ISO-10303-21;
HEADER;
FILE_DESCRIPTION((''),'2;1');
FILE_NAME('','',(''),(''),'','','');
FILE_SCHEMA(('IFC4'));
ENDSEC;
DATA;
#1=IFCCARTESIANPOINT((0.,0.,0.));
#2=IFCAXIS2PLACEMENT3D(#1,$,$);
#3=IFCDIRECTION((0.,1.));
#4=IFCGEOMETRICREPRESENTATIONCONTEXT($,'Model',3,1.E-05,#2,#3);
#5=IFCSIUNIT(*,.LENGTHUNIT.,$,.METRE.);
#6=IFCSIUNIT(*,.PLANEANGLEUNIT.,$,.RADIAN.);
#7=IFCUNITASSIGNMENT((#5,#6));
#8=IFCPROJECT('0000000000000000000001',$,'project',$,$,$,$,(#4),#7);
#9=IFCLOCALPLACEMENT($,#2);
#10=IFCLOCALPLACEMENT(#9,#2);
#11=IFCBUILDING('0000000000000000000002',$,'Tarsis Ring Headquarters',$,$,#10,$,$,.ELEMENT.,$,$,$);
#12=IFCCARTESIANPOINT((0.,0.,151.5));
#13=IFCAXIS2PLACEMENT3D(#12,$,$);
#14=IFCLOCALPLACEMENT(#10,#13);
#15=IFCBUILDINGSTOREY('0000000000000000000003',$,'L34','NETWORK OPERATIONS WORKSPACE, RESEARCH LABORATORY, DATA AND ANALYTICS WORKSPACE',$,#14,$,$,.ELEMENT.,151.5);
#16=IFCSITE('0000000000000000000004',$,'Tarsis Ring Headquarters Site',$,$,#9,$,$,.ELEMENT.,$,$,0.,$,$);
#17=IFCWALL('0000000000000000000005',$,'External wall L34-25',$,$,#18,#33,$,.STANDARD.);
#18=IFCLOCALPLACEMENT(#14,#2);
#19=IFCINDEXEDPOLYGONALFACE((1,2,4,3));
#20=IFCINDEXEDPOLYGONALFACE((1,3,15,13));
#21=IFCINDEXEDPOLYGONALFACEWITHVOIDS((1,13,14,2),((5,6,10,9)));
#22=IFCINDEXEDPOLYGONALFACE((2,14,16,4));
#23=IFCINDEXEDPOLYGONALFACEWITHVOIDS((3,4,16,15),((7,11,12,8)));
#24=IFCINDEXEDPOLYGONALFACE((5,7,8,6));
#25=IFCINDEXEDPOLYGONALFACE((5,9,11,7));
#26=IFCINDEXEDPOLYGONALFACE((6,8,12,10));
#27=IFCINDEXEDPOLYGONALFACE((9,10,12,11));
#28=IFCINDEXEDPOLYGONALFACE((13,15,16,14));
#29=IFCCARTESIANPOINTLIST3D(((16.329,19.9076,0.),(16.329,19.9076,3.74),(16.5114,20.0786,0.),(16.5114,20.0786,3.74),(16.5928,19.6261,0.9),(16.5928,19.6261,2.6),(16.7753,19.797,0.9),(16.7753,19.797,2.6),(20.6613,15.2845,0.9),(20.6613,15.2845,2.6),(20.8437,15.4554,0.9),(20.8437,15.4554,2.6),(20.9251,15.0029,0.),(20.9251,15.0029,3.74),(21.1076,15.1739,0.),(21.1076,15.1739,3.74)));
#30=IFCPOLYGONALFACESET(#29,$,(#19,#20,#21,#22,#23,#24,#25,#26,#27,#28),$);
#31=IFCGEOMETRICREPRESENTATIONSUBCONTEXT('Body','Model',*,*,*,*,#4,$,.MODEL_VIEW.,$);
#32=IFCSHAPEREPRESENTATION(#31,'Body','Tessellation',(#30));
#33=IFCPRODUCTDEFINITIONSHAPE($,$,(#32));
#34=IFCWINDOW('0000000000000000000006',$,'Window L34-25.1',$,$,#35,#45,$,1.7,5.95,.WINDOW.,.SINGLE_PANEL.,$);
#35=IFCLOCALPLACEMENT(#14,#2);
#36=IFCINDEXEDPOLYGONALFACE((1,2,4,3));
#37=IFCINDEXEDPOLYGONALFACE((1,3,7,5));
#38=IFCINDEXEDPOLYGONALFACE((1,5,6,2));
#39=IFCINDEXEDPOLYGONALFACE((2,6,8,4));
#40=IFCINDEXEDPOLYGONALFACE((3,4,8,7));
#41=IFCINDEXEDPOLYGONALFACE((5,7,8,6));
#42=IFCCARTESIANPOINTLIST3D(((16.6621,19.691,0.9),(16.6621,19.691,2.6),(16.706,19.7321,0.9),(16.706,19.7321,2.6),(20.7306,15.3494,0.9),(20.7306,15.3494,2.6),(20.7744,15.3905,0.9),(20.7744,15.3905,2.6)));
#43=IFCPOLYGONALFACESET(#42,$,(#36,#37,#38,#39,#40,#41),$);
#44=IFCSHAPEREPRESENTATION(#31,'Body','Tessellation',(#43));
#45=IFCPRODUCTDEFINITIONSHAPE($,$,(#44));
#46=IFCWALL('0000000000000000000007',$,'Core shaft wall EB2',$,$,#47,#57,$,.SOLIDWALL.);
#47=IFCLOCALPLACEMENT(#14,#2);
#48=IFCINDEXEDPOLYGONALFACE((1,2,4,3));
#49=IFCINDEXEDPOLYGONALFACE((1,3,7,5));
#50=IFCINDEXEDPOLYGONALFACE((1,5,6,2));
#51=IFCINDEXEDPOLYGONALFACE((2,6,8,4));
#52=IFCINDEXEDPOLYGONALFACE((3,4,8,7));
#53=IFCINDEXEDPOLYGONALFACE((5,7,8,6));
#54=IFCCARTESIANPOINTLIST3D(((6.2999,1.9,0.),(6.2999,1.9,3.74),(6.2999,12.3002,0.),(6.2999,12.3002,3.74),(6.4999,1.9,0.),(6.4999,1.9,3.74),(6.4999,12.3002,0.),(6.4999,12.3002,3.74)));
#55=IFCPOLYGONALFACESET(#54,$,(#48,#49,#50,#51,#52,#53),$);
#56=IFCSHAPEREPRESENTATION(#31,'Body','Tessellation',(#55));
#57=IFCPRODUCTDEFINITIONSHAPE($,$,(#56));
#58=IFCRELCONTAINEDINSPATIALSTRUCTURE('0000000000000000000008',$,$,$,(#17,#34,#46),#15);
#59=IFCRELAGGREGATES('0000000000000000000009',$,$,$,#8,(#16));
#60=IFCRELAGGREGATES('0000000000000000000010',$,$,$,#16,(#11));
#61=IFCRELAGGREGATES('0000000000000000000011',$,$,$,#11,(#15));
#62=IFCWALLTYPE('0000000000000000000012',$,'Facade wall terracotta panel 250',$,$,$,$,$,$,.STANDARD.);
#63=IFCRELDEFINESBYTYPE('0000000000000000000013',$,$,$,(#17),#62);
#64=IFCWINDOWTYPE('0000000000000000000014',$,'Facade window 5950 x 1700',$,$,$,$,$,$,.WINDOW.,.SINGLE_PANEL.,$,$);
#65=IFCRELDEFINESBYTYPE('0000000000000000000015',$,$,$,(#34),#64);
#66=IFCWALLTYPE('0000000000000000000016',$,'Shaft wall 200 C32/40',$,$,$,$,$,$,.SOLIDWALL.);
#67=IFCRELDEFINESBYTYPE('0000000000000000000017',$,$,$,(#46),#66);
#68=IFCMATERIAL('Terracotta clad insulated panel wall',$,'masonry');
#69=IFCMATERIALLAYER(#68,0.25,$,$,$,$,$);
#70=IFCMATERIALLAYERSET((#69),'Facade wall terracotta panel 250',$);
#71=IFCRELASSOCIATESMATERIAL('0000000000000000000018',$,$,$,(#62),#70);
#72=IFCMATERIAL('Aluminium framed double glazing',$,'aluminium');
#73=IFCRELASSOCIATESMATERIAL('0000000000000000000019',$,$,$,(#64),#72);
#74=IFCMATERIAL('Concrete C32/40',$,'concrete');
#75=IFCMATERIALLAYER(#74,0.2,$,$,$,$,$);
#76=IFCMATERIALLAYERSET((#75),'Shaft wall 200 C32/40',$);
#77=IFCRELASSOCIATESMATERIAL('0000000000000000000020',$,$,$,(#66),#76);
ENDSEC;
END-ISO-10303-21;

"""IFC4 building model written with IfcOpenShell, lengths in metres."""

from ifc_helpers import new_model, si_unit, direction, frame, frame_2d, origin, place, context, subcontext, project, spatial, rectangle, extrude, material, layer, layer_set, type_object, element, fill, save


model = new_model("IFC4")

# Units and contexts
model_context = context("Model", 3, precision=1e-05, world=origin(), true_north=direction((0.0, 1.0)))
body_context = subcontext(model_context, "Body", "Model", "MODEL_VIEW")
ifc_project = project(units=[si_unit("LENGTHUNIT", "METRE"), si_unit("PLANEANGLEUNIT", "RADIAN")], contexts=[model_context])

# Site, building, storey
site_placement = place(None, origin())
site = spatial("IfcSite", under=ifc_project, at=site_placement, Name="Tarsis Ring Headquarters Site", CompositionType="ELEMENT", RefElevation=0.0)
building_placement = place(site_placement, origin())
building = spatial("IfcBuilding", under=site, at=building_placement, Name="Tarsis Ring Headquarters", CompositionType="ELEMENT")
storey_placement = place(building_placement, frame((0.0, 0.0, 151.5)))
storey = spatial("IfcBuildingStorey", under=building, at=storey_placement, Name="L34", Description="NETWORK OPERATIONS WORKSPACE, RESEARCH LABORATORY, DATA AND ANALYTICS WORKSPACE", CompositionType="ELEMENT", Elevation=151.5)

# Wall, opening, window
ifc_material_1 = material(Name="Terracotta clad insulated panel wall", Category="masonry")
ifc_layer_1 = layer(ifc_material_1, 0.25)
ifc_layer_set_1 = layer_set([ifc_layer_1], Name="Facade wall terracotta panel 250")
wall_type_1 = type_object("IfcWallType", Name="Facade wall terracotta panel 250", PredefinedType="STANDARD", material=ifc_layer_set_1)
ifc_material_2 = material(Name="Aluminium framed double glazing", Category="aluminium")
window_type = type_object("IfcWindowType", Name="Facade window 5950 x 1700", PartitioningType="SINGLE_PANEL", PredefinedType="WINDOW", material=ifc_material_2)
wall_1_placement = place(storey_placement, frame((21.0164, 15.0884, 0.0), z_axis=(0.0, 0.0, 1.0), x_axis=(-0.683779, 0.729689, 0.0)))
wall_1 = element("IfcWall", 1, at=wall_1_placement, inside=storey, type_object=wall_type_1, Name="External wall L34-25", PredefinedType="STANDARD", context=body_context, shape_type="SweptSolid", body=[
    extrude(rectangle(XDim=6.7217, YDim=0.25, at=frame_2d((3.3608, 0.0))), origin(), (0.0, 0.0, 1.0), 3.74),
])
opening_1_placement = place(wall_1_placement, frame((0.3857, 0.0, 0.8999)))
opening_1 = element("IfcOpeningElement", 2, at=opening_1_placement, cuts=wall_1, PredefinedType="OPENING", context=body_context, shape_type="SweptSolid", body=[
    extrude(rectangle(XDim=5.95, YDim=1.7, at=frame_2d((2.9751, 0.8501))), frame((0.0, 0.135, 0.0), z_axis=(0.0, -1.0, 0.0), x_axis=(1.0, 0.0, 0.0)), (0.0, 0.0, 1.0), 0.27),
])
window_1_placement = place(opening_1_placement, origin())
window_1 = element("IfcWindow", 3, at=window_1_placement, inside=storey, type_object=window_type, Name="Window L34-25.1", OverallHeight=1.7, OverallWidth=5.95, PartitioningType="SINGLE_PANEL", PredefinedType="WINDOW", context=body_context, shape_type="SweptSolid", body=[
    extrude(rectangle(XDim=5.95, YDim=1.7, at=frame_2d((2.9751, 0.8501))), frame((0.0, 0.03, 0.0), z_axis=(0.0, -1.0, 0.0), x_axis=(1.0, 0.0, 0.0)), (0.0, 0.0, 1.0), 0.0601),
])
fill(opening_1, window_1)

# Wall
ifc_material_3 = material(Name="Concrete C32/40", Category="concrete")
ifc_layer_2 = layer(ifc_material_3, 0.2)
ifc_layer_set_2 = layer_set([ifc_layer_2], Name="Shaft wall 200 C32/40")
wall_type_2 = type_object("IfcWallType", Name="Shaft wall 200 C32/40", PredefinedType="SOLIDWALL", material=ifc_layer_set_2)
wall_2_placement = place(storey_placement, frame((6.3999, 1.8999, 0.0), z_axis=(0.0, 0.0, 1.0), x_axis=(0.0, 1.0, 0.0)))
element("IfcWall", 4, at=wall_2_placement, inside=storey, type_object=wall_type_2, Name="Core shaft wall EB2", PredefinedType="SOLIDWALL", context=body_context, shape_type="SweptSolid", body=[
    extrude(rectangle(XDim=10.4001, YDim=0.2, at=frame_2d((5.2002, 0.0))), origin(), (0.0, 0.0, 1.0), 3.74),
])

save(model, "model.ifc")
